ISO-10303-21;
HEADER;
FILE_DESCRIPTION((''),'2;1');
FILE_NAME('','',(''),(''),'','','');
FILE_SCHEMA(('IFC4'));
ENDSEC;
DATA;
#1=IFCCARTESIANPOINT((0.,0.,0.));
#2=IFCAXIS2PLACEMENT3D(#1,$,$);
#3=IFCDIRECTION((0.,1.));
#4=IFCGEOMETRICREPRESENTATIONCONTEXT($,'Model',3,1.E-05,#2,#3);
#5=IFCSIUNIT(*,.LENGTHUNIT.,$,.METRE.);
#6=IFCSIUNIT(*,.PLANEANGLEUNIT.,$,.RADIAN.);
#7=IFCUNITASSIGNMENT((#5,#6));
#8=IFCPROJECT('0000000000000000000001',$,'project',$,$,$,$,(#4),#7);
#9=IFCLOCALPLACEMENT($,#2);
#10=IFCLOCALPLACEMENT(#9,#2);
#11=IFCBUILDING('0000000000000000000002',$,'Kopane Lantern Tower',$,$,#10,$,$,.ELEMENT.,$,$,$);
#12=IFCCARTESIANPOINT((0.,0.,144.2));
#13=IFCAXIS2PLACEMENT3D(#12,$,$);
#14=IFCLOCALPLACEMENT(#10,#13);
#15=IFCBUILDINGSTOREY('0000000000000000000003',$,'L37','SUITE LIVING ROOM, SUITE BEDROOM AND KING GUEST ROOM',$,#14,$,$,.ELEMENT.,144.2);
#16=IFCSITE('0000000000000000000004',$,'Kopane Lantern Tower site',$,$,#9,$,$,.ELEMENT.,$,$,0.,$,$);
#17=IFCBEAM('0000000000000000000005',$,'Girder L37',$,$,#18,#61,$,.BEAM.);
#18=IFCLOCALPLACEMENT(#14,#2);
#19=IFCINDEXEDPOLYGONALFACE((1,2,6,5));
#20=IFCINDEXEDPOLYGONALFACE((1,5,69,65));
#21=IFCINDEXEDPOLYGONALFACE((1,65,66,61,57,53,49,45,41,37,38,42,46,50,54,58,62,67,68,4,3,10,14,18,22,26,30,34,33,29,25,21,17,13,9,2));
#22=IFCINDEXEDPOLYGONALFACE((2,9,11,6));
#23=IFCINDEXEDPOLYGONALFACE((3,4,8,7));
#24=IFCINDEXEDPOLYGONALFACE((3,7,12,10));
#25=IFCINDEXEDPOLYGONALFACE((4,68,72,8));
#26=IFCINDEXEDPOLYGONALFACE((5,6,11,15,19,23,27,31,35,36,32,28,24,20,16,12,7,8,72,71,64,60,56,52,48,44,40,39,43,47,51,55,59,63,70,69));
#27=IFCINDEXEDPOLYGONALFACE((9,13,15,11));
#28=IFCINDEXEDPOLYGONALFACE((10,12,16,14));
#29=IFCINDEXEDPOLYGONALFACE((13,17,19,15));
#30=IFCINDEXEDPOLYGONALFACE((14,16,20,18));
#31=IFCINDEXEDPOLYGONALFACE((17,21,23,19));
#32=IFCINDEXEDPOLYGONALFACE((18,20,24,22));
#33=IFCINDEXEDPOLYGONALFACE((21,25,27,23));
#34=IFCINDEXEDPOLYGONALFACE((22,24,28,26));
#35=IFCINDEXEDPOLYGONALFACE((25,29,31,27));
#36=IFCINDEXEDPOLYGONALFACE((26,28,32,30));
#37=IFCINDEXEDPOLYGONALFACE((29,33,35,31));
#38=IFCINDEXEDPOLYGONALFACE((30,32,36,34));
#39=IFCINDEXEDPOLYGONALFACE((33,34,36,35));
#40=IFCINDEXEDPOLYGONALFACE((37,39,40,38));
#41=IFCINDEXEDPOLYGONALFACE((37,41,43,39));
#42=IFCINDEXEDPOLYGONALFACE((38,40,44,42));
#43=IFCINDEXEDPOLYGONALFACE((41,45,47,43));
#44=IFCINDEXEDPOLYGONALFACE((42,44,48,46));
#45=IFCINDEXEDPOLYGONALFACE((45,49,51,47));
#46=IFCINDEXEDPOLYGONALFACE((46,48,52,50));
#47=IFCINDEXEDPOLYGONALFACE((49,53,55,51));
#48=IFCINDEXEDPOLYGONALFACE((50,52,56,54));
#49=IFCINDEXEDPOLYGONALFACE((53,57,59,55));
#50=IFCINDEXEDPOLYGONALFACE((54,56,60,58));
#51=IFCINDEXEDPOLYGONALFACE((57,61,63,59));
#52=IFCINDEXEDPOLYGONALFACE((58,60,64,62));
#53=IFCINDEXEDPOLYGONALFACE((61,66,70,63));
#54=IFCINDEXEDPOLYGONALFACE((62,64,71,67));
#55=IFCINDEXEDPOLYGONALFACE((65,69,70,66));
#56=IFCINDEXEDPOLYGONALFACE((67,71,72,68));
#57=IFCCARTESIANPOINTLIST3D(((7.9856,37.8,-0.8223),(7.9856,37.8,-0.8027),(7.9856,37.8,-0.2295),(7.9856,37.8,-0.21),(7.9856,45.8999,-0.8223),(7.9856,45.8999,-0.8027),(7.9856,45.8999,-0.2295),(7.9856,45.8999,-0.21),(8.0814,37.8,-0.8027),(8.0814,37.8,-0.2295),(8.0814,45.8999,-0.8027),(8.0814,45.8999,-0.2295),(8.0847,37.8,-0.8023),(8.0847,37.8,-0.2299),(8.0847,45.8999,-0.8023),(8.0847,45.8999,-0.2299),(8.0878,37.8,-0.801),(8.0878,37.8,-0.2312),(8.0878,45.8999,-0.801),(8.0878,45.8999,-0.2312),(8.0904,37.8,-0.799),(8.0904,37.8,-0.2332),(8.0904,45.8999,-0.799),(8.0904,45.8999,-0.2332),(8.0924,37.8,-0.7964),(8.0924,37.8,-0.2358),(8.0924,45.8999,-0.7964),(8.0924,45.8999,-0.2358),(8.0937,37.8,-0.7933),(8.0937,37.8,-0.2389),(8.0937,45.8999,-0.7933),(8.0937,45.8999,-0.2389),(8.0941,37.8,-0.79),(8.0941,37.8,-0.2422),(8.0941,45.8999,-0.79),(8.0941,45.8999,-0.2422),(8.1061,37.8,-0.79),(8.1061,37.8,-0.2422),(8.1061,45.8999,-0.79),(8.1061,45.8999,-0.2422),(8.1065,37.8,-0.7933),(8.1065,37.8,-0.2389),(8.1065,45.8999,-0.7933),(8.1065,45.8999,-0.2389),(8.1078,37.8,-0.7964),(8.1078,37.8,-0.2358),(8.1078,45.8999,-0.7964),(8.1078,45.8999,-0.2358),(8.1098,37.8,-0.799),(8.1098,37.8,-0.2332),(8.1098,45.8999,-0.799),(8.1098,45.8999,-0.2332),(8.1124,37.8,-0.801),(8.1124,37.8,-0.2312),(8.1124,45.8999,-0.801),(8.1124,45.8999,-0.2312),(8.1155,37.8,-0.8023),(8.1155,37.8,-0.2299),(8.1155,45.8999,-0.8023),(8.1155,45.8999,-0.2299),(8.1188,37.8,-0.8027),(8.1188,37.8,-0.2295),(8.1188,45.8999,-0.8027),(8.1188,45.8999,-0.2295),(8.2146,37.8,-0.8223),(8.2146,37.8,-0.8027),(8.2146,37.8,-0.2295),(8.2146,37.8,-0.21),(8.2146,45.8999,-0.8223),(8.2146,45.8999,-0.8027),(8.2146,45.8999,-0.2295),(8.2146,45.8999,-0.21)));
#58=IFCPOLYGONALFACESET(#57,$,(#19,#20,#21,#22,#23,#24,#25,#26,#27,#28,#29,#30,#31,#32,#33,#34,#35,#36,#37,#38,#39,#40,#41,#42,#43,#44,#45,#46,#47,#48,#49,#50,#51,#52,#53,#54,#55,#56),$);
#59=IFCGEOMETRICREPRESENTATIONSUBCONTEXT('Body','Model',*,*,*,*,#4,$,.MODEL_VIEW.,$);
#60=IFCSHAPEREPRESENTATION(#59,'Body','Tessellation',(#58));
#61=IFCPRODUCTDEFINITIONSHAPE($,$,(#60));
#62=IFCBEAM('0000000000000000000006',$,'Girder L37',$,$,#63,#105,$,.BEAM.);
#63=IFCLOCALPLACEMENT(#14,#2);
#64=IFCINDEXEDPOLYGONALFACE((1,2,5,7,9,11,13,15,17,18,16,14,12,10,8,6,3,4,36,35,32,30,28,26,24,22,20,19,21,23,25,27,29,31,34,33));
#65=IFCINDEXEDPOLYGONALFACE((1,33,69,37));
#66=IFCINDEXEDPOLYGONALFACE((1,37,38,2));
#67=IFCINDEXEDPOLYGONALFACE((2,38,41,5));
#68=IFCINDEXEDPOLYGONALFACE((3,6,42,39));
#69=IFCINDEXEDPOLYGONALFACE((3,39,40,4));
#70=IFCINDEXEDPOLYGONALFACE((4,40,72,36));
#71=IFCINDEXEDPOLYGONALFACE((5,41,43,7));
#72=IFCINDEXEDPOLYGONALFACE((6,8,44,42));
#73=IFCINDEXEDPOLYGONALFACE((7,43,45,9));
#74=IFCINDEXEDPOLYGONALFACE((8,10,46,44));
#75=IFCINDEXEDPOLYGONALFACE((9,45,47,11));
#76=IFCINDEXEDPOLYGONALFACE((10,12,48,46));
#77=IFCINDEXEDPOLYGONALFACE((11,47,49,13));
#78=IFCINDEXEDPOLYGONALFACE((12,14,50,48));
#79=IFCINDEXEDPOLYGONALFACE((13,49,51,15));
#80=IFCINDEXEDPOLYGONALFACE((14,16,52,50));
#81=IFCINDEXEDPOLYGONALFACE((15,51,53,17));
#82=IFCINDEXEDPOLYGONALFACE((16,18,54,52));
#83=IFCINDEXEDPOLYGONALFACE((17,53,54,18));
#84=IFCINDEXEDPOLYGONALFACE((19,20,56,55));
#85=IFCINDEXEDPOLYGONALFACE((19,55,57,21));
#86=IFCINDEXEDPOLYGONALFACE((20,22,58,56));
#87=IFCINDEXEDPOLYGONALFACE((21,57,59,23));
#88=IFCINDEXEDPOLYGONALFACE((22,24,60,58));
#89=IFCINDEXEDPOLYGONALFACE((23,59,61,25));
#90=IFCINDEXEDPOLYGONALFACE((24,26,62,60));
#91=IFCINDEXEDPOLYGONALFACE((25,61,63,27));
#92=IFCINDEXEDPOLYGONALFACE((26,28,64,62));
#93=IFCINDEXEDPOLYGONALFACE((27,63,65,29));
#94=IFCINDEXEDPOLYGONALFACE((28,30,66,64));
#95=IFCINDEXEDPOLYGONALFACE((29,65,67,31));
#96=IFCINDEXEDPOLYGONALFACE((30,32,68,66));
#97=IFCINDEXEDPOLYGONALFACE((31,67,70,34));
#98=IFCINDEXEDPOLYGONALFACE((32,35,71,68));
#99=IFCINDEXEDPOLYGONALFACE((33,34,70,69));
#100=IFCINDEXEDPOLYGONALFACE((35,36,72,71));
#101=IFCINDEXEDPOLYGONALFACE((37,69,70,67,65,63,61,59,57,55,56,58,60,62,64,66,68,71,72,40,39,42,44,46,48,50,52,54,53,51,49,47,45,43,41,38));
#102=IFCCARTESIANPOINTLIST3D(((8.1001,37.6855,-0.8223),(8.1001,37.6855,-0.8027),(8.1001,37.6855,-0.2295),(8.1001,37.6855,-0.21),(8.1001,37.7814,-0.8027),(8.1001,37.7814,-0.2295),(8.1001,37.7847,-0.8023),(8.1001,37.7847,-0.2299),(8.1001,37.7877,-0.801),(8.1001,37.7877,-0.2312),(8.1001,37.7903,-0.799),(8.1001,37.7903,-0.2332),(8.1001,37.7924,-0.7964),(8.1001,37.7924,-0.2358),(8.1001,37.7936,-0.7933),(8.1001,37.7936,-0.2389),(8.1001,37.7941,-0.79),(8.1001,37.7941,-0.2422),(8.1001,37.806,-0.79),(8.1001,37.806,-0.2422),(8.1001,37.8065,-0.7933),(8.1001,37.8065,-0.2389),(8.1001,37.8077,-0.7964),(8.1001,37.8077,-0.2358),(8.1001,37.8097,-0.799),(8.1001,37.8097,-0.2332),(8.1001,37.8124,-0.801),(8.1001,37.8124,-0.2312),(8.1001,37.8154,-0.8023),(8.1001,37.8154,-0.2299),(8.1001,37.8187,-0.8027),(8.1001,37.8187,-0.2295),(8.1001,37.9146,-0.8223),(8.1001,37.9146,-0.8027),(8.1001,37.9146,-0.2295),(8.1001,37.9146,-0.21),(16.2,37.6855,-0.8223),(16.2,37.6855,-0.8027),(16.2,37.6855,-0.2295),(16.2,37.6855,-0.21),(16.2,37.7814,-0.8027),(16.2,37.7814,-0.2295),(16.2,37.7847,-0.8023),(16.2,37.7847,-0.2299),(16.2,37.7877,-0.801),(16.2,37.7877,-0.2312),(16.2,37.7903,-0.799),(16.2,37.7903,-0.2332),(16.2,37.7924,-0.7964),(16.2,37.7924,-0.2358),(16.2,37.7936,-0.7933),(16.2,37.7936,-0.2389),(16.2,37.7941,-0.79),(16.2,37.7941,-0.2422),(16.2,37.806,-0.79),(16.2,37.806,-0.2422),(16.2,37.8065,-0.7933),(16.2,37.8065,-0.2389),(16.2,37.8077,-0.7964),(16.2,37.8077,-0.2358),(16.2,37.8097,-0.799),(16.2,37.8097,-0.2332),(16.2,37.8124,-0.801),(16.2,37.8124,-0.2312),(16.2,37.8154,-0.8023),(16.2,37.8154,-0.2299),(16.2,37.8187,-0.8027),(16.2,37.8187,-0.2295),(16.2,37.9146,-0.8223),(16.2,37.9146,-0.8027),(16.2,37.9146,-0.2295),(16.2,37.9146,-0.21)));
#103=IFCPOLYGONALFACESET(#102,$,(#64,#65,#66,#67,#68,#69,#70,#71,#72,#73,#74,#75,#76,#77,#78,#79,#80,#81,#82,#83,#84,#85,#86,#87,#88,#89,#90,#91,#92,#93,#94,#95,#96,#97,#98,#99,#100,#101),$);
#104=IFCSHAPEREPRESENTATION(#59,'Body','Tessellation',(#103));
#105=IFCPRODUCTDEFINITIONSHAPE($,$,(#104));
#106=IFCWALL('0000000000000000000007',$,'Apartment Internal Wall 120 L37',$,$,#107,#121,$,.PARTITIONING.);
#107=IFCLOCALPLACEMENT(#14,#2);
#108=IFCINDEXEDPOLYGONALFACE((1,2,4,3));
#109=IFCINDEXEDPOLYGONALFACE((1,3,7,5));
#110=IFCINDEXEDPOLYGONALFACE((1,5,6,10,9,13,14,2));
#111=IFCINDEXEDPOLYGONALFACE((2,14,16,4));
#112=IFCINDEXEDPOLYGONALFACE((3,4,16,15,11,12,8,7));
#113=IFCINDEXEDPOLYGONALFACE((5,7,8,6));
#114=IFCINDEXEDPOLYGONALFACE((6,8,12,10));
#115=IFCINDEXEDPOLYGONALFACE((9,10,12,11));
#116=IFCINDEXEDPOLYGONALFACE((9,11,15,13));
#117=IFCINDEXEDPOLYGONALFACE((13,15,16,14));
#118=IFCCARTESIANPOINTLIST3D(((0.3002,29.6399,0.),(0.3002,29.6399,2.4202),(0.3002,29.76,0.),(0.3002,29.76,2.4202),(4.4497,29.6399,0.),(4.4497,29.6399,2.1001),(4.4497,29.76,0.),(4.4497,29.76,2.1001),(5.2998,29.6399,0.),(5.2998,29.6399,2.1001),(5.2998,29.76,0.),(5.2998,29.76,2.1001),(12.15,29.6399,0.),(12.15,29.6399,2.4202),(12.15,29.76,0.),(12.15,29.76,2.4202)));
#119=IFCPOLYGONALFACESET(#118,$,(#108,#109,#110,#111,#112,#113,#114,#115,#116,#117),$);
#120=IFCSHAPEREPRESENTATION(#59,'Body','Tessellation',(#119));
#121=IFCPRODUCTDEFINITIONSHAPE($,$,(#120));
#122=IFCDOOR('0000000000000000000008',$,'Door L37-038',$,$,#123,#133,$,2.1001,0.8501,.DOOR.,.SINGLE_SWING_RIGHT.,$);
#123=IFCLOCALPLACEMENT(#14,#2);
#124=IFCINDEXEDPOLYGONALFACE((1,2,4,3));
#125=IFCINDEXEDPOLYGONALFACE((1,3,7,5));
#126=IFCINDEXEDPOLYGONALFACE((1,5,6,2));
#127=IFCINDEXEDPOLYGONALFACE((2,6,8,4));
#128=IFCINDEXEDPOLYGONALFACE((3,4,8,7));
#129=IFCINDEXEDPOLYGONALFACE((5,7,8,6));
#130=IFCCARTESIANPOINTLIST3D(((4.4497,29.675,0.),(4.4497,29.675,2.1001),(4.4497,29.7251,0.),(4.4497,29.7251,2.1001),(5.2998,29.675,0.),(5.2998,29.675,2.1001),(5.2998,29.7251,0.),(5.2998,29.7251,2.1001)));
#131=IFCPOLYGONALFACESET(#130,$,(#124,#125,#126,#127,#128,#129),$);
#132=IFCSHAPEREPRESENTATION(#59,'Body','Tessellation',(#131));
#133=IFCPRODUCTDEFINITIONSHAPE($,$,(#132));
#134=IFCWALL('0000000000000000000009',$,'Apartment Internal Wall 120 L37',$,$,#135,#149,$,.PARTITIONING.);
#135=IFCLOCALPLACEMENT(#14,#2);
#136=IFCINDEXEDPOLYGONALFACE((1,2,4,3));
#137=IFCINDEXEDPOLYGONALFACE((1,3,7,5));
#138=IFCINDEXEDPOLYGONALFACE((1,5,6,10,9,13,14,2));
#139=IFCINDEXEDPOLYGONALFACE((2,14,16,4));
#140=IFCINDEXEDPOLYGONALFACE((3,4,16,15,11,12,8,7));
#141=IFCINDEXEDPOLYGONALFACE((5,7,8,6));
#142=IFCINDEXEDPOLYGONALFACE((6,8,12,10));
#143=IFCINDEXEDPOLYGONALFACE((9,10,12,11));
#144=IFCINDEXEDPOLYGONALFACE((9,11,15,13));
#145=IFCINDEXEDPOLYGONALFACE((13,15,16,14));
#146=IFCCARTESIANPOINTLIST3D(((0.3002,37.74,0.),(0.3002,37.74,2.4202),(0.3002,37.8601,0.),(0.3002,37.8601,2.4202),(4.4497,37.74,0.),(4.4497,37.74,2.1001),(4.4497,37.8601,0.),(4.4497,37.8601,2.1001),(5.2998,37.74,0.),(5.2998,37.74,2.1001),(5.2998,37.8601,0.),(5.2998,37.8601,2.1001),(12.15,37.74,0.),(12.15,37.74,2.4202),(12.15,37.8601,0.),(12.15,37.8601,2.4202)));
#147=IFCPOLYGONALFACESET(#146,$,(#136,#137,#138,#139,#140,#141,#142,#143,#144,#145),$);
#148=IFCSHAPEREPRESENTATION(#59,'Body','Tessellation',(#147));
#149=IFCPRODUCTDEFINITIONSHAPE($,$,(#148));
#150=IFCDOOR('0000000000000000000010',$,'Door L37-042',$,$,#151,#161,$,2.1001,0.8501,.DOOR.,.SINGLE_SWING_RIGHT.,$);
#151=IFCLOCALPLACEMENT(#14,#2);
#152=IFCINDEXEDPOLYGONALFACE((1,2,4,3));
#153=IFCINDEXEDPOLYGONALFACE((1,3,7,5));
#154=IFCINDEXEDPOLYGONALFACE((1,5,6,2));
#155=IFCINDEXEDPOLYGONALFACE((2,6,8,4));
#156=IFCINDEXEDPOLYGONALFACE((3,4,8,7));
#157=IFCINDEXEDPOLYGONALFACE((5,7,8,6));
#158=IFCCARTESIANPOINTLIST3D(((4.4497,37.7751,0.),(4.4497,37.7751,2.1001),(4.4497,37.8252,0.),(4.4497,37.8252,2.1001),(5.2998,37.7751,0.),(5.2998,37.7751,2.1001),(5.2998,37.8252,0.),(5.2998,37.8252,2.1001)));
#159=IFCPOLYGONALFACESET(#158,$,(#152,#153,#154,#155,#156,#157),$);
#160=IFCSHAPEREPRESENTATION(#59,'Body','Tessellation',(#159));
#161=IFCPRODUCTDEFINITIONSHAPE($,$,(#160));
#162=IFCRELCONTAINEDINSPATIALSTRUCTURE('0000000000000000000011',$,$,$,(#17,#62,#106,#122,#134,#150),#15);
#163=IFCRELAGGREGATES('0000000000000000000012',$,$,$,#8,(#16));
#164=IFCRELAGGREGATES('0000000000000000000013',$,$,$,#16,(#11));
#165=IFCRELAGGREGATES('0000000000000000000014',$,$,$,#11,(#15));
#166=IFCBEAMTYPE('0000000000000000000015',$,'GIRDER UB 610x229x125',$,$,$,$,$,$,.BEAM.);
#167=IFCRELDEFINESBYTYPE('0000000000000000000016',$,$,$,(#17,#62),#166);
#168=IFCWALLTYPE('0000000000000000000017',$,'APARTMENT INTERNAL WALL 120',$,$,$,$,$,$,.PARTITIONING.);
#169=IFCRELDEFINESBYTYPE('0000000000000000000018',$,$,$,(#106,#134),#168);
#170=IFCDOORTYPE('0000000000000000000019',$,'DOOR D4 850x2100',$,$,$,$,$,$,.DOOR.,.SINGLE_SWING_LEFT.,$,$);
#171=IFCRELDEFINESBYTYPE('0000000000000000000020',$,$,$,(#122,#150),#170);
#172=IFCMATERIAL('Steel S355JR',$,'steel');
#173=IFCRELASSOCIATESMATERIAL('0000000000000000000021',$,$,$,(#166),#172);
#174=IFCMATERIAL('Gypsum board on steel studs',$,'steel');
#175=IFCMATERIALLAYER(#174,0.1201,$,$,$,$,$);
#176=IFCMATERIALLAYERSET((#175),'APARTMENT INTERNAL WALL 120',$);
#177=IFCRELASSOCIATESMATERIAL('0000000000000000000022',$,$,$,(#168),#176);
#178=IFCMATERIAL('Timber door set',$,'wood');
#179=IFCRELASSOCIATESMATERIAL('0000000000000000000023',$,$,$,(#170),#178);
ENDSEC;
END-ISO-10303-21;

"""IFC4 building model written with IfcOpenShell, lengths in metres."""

from ifc_helpers import new_model, si_unit, direction, frame, frame_2d, origin, origin_2d, place, context, subcontext, project, spatial, rectangle, i_section, extrude, material, layer, layer_set, material_profile, profile_set, type_object, element, fill, save


model = new_model("IFC4")

# Units and contexts
model_context = context("Model", 3, precision=1e-05, world=origin(), true_north=direction((0.0, 1.0)))
body_context = subcontext(model_context, "Body", "Model", "MODEL_VIEW")
ifc_project = project(units=[si_unit("LENGTHUNIT", "METRE"), si_unit("PLANEANGLEUNIT", "RADIAN")], contexts=[model_context])

# Site, building, storey
site_placement = place(None, origin())
site = spatial("IfcSite", under=ifc_project, at=site_placement, Name="Kopane Lantern Tower site", CompositionType="ELEMENT", RefElevation=0.0)
building_placement = place(site_placement, origin())
building = spatial("IfcBuilding", under=site, at=building_placement, Name="Kopane Lantern Tower", CompositionType="ELEMENT")
storey_placement = place(building_placement, frame((0.0, 0.0, 144.2)))
storey = spatial("IfcBuildingStorey", under=building, at=storey_placement, Name="L37", Description="SUITE LIVING ROOM, SUITE BEDROOM AND KING GUEST ROOM", CompositionType="ELEMENT", Elevation=144.2)

# Beams
ifc_material_1 = material(Name="Steel S355JR", Category="steel")
ifc_material_profile_1 = material_profile(ifc_material_1, i_section(OverallWidth=0.229, OverallDepth=0.6123, WebThickness=0.012, FlangeThickness=0.0195, FilletRadius=0.0127, at=origin_2d()), Name="UB 610x229x125")
ifc_profile_set_1 = profile_set([ifc_material_profile_1], Name="Steel S355JR")
beam_type = type_object("IfcBeamType", Name="GIRDER UB 610x229x125", PredefinedType="BEAM", material=ifc_profile_set_1)
for number, where, z_axis, x_axis, name in (
    (1, (8.1001, 37.8, -0.5161), (0.0, 1.0, 0.0), (-1.0, 0.0, 0.0), "Girder L37"),
    (2, (8.1001, 37.8, -0.5161), (1.0, 0.0, 0.0), (0.0, 1.0, 0.0), "Girder L37"),
):
    element("IfcBeam", number, at=place(storey_placement, frame(where, z_axis=z_axis, x_axis=x_axis)), inside=storey, type_object=beam_type, Name=name, PredefinedType="BEAM", context=body_context, shape_type="SweptSolid", body=[
        extrude(i_section(OverallWidth=0.229, OverallDepth=0.6123, WebThickness=0.012, FlangeThickness=0.0195, FilletRadius=0.0127, at=origin_2d()), origin(), (0.0, 0.0, 1.0), 8.0999),
    ])

# Walls, openings, doors
ifc_material_2 = material(Name="Gypsum board on steel studs", Category="steel")
ifc_layer_1 = layer(ifc_material_2, 0.1201)
ifc_layer_set_1 = layer_set([ifc_layer_1], Name="APARTMENT INTERNAL WALL 120")
wall_type_1 = type_object("IfcWallType", Name="APARTMENT INTERNAL WALL 120", PredefinedType="PARTITIONING", material=ifc_layer_set_1)
wall_1_placement = place(storey_placement, frame((12.1499, 29.7, 0.0), z_axis=(0.0, 0.0, 1.0), x_axis=(-1.0, 0.0, 0.0)))
wall_1 = element("IfcWall", 3, at=wall_1_placement, inside=storey, type_object=wall_type_1, Name="Apartment Internal Wall 120 L37", PredefinedType="PARTITIONING", context=body_context, shape_type="SweptSolid", body=[
    extrude(rectangle(XDim=11.8499, YDim=0.1201, at=frame_2d((5.9248, 0.0))), origin(), (0.0, 0.0, 1.0), 2.4202),
])
opening_1_placement = place(wall_1_placement, frame((6.8501, 0.0, 0.0)))
opening_1 = element("IfcOpeningElement", 4, at=opening_1_placement, cuts=wall_1, PredefinedType="OPENING", context=body_context, shape_type="SweptSolid", body=[
    extrude(rectangle(XDim=0.8501, YDim=2.1001, at=frame_2d((0.425, 1.05))), frame((0.0, 0.0701, 0.0), z_axis=(0.0, -1.0, 0.0), x_axis=(1.0, 0.0, 0.0)), (0.0, 0.0, 1.0), 0.1401),
])
ifc_material_3 = material(Name="Timber door set", Category="wood")
door_type_1 = type_object("IfcDoorType", Name="DOOR D4 850x2100", OperationType="SINGLE_SWING_LEFT", PredefinedType="DOOR", material=ifc_material_3)
door_1_placement = place(opening_1_placement, origin())
door_1 = element("IfcDoor", 5, at=door_1_placement, inside=storey, type_object=door_type_1, Name="Door L37-038", OperationType="SINGLE_SWING_RIGHT", OverallHeight=2.1001, OverallWidth=0.8501, PredefinedType="DOOR", context=body_context, shape_type="SweptSolid", body=[
    extrude(rectangle(XDim=0.8501, YDim=2.1001, at=frame_2d((0.425, 1.05))), frame((0.0, 0.0249, 0.0), z_axis=(0.0, -1.0, 0.0), x_axis=(1.0, 0.0, 0.0)), (0.0, 0.0, 1.0), 0.05),
])
fill(opening_1, door_1)
wall_2_placement = place(storey_placement, frame((12.1499, 37.8, 0.0), z_axis=(0.0, 0.0, 1.0), x_axis=(-1.0, 0.0, 0.0)))
wall_2 = element("IfcWall", 6, at=wall_2_placement, inside=storey, type_object=wall_type_1, Name="Apartment Internal Wall 120 L37", PredefinedType="PARTITIONING", context=body_context, shape_type="SweptSolid", body=[
    extrude(rectangle(XDim=11.8499, YDim=0.1201, at=frame_2d((5.9248, 0.0))), origin(), (0.0, 0.0, 1.0), 2.4202),
])
opening_2_placement = place(wall_2_placement, frame((6.8501, 0.0, 0.0)))
opening_2 = element("IfcOpeningElement", 7, at=opening_2_placement, cuts=wall_2, PredefinedType="OPENING", context=body_context, shape_type="SweptSolid", body=[
    extrude(rectangle(XDim=0.8501, YDim=2.1001, at=frame_2d((0.425, 1.05))), frame((0.0, 0.0701, 0.0), z_axis=(0.0, -1.0, 0.0), x_axis=(1.0, 0.0, 0.0)), (0.0, 0.0, 1.0), 0.1401),
])
door_2_placement = place(opening_2_placement, origin())
door_2 = element("IfcDoor", 8, at=door_2_placement, inside=storey, type_object=door_type_1, Name="Door L37-042", OperationType="SINGLE_SWING_RIGHT", OverallHeight=2.1001, OverallWidth=0.8501, PredefinedType="DOOR", context=body_context, shape_type="SweptSolid", body=[
    extrude(rectangle(XDim=0.8501, YDim=2.1001, at=frame_2d((0.425, 1.05))), frame((0.0, 0.0249, 0.0), z_axis=(0.0, -1.0, 0.0), x_axis=(1.0, 0.0, 0.0)), (0.0, 0.0, 1.0), 0.05),
])
fill(opening_2, door_2)

save(model, "model.ifc")
